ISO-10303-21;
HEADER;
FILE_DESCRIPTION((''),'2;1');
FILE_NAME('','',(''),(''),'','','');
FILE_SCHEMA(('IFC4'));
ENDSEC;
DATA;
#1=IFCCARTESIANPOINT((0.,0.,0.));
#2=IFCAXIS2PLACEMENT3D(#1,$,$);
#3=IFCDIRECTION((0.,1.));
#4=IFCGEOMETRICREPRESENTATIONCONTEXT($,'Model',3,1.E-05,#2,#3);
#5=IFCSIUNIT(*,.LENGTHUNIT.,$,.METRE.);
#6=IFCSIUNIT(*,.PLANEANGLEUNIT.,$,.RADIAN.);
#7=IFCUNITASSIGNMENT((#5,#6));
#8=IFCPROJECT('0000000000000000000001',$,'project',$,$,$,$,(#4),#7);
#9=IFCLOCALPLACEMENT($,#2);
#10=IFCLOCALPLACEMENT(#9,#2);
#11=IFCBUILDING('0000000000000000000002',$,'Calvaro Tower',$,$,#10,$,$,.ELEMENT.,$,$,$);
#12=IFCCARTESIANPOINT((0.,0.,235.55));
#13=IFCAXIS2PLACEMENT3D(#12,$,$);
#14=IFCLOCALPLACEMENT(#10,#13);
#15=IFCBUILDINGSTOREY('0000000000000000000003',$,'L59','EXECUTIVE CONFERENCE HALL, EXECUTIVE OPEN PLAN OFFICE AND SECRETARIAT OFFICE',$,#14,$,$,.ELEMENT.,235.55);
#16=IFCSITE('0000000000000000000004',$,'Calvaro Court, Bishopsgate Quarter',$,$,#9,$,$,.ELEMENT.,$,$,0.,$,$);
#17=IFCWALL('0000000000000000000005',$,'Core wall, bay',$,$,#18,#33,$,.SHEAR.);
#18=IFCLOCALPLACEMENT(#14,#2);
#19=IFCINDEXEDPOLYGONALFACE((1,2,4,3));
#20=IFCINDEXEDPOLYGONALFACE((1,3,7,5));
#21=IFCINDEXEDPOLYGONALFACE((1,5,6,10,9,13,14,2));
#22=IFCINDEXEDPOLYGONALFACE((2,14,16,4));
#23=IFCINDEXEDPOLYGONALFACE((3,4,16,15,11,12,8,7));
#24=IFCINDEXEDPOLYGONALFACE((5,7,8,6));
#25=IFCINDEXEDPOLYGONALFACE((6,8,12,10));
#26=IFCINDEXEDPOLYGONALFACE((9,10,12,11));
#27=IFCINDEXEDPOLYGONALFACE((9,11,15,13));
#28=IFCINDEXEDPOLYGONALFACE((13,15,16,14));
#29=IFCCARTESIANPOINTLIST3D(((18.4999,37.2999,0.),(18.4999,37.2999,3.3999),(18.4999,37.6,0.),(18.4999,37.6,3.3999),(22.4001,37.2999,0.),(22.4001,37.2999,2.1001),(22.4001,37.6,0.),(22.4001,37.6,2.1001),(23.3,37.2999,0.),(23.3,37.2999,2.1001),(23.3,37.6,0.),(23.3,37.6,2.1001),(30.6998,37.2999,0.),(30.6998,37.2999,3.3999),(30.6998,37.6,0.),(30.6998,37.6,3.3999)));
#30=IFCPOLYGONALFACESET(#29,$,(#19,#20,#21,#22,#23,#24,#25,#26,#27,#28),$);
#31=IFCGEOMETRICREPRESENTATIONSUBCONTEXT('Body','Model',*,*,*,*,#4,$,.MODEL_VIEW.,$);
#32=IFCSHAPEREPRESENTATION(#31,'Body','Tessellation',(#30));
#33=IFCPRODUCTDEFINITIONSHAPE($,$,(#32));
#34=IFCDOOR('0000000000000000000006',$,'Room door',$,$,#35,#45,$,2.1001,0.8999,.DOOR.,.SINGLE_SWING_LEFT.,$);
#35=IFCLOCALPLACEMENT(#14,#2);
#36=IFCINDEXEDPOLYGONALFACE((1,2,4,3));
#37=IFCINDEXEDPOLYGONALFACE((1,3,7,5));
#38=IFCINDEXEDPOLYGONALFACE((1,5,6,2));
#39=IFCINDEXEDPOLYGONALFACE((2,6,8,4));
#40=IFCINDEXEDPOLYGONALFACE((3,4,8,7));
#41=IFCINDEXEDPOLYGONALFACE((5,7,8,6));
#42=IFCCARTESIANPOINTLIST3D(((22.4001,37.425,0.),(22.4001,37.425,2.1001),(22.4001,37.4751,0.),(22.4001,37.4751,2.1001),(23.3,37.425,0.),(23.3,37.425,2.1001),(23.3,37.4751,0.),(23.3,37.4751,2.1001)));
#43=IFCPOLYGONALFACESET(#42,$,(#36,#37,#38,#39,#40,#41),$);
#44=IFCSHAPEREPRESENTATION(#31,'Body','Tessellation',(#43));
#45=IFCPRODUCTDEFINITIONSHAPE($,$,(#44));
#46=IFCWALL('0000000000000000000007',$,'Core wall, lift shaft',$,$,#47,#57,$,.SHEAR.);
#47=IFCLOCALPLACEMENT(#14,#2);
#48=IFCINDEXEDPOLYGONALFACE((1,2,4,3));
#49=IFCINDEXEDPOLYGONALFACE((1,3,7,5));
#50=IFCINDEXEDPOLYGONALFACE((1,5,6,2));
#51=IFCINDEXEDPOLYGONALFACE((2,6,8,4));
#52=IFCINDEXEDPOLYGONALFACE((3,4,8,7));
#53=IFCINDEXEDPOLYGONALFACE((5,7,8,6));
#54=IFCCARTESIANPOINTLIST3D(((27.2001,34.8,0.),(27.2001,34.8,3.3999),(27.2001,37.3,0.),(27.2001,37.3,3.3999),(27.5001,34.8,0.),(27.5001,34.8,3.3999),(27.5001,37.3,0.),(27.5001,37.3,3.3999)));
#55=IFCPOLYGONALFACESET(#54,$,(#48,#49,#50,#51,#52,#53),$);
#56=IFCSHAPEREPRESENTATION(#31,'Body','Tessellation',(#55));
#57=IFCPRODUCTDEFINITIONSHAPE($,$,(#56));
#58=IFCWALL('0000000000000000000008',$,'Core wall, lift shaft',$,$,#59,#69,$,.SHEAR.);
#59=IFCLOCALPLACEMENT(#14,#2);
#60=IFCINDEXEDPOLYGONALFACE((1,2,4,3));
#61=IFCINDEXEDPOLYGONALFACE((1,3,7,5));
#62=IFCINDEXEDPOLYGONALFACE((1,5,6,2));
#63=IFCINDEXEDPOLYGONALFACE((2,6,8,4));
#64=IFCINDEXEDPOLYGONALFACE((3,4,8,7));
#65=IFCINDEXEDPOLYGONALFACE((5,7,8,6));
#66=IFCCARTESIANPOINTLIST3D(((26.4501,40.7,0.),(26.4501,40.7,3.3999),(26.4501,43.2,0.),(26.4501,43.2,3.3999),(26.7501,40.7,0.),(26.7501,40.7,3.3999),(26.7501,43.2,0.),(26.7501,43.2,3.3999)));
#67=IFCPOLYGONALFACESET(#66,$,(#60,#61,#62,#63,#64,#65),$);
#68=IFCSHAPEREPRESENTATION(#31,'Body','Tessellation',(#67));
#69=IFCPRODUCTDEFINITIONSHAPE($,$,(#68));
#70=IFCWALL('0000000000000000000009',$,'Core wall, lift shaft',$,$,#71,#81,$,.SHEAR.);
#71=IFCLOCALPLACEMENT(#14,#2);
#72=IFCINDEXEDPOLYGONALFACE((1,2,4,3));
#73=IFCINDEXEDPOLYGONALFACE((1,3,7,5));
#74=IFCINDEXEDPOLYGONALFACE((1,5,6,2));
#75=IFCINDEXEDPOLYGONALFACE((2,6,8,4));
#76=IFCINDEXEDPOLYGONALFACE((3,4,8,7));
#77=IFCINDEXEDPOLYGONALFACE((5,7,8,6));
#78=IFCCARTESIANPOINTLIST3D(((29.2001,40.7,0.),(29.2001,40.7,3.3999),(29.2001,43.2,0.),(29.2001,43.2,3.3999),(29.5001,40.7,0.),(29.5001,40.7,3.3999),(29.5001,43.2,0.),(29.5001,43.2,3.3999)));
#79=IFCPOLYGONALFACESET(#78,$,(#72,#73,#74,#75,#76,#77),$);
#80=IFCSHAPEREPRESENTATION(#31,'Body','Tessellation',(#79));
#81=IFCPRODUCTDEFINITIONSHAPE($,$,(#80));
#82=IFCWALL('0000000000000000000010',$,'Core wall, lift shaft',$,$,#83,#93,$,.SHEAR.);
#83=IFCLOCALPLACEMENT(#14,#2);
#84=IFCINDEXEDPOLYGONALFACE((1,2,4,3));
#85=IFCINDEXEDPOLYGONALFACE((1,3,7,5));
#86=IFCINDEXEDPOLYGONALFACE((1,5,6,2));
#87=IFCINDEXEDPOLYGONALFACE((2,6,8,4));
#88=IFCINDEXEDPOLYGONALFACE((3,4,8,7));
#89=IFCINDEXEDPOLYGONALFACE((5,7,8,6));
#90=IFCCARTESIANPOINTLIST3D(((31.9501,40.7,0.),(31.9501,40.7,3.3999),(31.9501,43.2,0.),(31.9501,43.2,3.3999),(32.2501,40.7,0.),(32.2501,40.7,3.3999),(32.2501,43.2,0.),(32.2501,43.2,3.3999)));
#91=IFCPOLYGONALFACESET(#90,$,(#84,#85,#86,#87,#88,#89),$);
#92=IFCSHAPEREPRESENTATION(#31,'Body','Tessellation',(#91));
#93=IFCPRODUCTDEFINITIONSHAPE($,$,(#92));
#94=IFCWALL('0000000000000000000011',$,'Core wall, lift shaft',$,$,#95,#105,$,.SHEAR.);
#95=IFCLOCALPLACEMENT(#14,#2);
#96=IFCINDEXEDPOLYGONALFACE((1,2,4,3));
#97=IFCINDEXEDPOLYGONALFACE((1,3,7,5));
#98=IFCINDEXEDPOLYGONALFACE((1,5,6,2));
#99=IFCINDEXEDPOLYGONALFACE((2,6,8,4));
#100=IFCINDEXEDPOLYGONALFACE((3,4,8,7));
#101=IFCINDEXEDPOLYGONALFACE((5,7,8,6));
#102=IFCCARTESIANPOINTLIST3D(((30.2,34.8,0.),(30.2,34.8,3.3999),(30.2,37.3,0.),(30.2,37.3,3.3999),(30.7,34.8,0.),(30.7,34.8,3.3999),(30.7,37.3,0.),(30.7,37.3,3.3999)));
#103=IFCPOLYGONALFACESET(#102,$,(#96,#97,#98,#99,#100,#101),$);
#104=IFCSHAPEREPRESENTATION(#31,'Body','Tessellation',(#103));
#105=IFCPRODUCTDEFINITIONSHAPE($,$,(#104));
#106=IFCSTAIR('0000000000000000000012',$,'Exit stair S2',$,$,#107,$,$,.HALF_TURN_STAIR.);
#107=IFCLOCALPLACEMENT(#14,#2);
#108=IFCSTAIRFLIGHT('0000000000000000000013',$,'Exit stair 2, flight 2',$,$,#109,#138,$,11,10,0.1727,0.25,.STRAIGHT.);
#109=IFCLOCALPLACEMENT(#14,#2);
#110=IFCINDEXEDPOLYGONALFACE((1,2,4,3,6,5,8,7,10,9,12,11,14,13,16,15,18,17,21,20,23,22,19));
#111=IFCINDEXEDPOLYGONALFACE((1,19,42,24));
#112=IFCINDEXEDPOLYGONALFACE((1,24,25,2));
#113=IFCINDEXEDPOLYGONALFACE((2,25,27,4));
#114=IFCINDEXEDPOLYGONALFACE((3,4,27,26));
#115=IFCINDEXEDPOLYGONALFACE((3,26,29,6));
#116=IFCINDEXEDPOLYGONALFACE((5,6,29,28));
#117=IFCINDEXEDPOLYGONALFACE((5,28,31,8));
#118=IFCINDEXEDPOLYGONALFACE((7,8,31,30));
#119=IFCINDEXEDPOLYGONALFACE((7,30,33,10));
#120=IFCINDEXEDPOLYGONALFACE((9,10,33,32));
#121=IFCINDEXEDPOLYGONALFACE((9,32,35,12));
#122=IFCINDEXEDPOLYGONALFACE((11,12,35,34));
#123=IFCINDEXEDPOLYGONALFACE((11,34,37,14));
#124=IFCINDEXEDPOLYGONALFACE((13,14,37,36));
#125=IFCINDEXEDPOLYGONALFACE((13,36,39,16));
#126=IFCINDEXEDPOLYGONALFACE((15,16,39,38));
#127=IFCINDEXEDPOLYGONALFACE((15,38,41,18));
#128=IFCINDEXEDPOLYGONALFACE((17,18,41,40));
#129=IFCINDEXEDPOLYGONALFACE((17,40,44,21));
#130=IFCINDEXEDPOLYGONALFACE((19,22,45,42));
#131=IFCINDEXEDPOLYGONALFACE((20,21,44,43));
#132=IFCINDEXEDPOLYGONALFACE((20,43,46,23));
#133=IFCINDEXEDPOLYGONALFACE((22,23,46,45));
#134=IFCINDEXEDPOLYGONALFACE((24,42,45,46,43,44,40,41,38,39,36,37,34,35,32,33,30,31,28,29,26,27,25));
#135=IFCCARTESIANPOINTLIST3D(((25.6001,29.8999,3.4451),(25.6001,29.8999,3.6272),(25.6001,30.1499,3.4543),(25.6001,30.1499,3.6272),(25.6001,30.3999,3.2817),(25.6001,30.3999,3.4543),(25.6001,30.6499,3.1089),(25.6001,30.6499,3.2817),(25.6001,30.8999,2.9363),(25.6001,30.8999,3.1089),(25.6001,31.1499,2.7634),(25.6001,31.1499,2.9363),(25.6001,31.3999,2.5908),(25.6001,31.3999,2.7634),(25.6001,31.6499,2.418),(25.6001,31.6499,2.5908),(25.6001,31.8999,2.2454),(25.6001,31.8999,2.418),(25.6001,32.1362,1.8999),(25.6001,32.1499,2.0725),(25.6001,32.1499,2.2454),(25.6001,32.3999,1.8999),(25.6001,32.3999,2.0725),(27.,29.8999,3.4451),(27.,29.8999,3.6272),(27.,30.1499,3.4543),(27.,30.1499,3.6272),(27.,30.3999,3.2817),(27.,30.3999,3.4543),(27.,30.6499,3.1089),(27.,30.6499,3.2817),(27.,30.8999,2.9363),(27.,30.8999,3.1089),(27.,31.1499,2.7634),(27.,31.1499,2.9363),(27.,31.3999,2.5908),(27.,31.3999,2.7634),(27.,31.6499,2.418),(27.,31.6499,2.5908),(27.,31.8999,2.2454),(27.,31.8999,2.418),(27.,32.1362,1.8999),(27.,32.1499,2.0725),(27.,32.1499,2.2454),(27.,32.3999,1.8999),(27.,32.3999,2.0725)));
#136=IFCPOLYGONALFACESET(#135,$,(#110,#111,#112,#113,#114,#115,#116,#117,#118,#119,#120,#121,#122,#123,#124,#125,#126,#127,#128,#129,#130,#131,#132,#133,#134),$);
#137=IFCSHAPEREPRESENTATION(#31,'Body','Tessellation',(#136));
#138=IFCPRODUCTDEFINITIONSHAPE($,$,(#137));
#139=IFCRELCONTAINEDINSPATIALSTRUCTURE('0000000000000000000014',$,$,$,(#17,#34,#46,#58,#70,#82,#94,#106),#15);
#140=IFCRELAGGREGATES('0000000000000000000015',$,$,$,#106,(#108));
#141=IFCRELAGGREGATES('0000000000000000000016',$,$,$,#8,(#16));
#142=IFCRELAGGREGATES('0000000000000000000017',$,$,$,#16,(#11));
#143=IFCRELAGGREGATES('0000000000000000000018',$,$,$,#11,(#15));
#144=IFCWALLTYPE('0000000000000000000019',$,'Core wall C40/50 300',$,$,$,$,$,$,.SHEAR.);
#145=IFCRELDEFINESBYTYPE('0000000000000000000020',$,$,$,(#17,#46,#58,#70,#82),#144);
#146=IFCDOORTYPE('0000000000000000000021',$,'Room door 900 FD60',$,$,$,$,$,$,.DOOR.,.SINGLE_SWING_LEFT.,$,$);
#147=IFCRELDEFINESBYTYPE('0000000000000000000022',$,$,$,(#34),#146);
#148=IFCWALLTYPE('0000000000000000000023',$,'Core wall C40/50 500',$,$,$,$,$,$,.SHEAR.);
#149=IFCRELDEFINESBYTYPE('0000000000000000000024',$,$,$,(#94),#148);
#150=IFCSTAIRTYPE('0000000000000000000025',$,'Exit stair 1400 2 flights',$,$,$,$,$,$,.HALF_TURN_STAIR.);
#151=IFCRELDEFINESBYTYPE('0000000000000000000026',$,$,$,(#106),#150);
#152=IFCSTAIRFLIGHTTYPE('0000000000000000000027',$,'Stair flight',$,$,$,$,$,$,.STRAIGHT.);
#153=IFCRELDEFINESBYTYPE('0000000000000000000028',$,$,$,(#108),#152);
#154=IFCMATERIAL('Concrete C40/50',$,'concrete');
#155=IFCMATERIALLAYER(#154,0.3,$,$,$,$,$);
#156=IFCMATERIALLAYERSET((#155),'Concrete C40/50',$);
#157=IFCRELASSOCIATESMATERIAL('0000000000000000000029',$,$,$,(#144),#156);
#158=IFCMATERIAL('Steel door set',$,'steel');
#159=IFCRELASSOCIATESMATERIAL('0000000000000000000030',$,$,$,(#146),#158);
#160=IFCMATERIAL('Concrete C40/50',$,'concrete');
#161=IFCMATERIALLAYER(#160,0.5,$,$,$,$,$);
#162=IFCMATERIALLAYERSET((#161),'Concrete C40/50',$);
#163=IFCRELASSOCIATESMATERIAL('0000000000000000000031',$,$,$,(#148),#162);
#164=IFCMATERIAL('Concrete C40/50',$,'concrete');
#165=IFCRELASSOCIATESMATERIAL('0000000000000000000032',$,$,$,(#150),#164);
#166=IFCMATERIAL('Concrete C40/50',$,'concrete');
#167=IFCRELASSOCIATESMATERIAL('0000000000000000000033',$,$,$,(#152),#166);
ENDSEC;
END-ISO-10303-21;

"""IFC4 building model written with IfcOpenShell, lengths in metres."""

from ifc_helpers import new_model, si_unit, direction, frame, frame_2d, origin, place, context, subcontext, project, spatial, polyline, rectangle, outline, extrude, material, layer, layer_set, type_object, element, fill, aggregate, save


model = new_model("IFC4")

# Units and contexts
model_context = context("Model", 3, precision=1e-05, world=origin(), true_north=direction((0.0, 1.0)))
body_context = subcontext(model_context, "Body", "Model", "MODEL_VIEW")
ifc_project = project(units=[si_unit("LENGTHUNIT", "METRE"), si_unit("PLANEANGLEUNIT", "RADIAN")], contexts=[model_context])

# Site, building, storey
site_placement = place(None, origin())
site = spatial("IfcSite", under=ifc_project, at=site_placement, Name="Calvaro Court, Bishopsgate Quarter", CompositionType="ELEMENT", RefElevation=0.0)
building_placement = place(site_placement, origin())
building = spatial("IfcBuilding", under=site, at=building_placement, Name="Calvaro Tower", CompositionType="ELEMENT")
storey_placement = place(building_placement, frame((0.0, 0.0, 235.55)))
storey = spatial("IfcBuildingStorey", under=building, at=storey_placement, Name="L59", Description="EXECUTIVE CONFERENCE HALL, EXECUTIVE OPEN PLAN OFFICE AND SECRETARIAT OFFICE", CompositionType="ELEMENT", Elevation=235.55)

# Wall, opening, door
ifc_material_1 = material(Name="Concrete C40/50", Category="concrete")
ifc_layer_1 = layer(ifc_material_1, 0.3)
ifc_layer_set_1 = layer_set([ifc_layer_1], Name="Concrete C40/50")
wall_type_1 = type_object("IfcWallType", Name="Core wall C40/50 300", PredefinedType="SHEAR", material=ifc_layer_set_1)
wall_1_placement = place(storey_placement, frame((30.7, 37.45, 0.0), z_axis=(0.0, 0.0, 1.0), x_axis=(-1.0, 0.0, 0.0)))
wall_1 = element("IfcWall", 1, at=wall_1_placement, inside=storey, type_object=wall_type_1, Name="Core wall, bay", PredefinedType="SHEAR", context=body_context, shape_type="SweptSolid", body=[
    extrude(rectangle(XDim=12.2, YDim=0.3, at=frame_2d((6.1001, 0.0))), origin(), (0.0, 0.0, 1.0), 3.3999),
])
opening_placement = place(wall_1_placement, frame((7.3999, 0.0, 0.0)))
opening = element("IfcOpeningElement", 2, at=opening_placement, cuts=wall_1, PredefinedType="OPENING", context=body_context, shape_type="SweptSolid", body=[
    extrude(rectangle(XDim=0.8999, YDim=2.1001, at=frame_2d((0.45, 1.05))), frame((0.0, 0.1599, 0.0), z_axis=(0.0, -1.0, 0.0), x_axis=(1.0, 0.0, 0.0)), (0.0, 0.0, 1.0), 0.3201),
])
ifc_material_2 = material(Name="Steel door set", Category="steel")
door_type = type_object("IfcDoorType", Name="Room door 900 FD60", OperationType="SINGLE_SWING_LEFT", PredefinedType="DOOR", material=ifc_material_2)
door_placement = place(opening_placement, origin())
door = element("IfcDoor", 3, at=door_placement, inside=storey, type_object=door_type, Name="Room door", OperationType="SINGLE_SWING_LEFT", OverallHeight=2.1001, OverallWidth=0.8999, PredefinedType="DOOR", context=body_context, shape_type="SweptSolid", body=[
    extrude(rectangle(XDim=0.8999, YDim=2.1001, at=frame_2d((0.45, 1.05))), frame((0.0, 0.0249, 0.0), z_axis=(0.0, -1.0, 0.0), x_axis=(1.0, 0.0, 0.0)), (0.0, 0.0, 1.0), 0.05),
])
fill(opening, door)

# Walls
for number, where, z_axis, x_axis, name in (
    (4, (27.3501, 34.8, 0.0), (0.0, 0.0, 1.0), (0.0, 1.0, 0.0), "Core wall, lift shaft"),
    (5, (26.6001, 40.7, 0.0), (0.0, 0.0, 1.0), (0.0, 1.0, 0.0), "Core wall, lift shaft"),
    (6, (29.3501, 40.7, 0.0), (0.0, 0.0, 1.0), (0.0, 1.0, 0.0), "Core wall, lift shaft"),
    (7, (32.1001, 40.7, 0.0), (0.0, 0.0, 1.0), (0.0, 1.0, 0.0), "Core wall, lift shaft"),
):
    element("IfcWall", number, at=place(storey_placement, frame(where, z_axis=z_axis, x_axis=x_axis)), inside=storey, type_object=wall_type_1, Name=name, PredefinedType="SHEAR", context=body_context, shape_type="SweptSolid", body=[
        extrude(rectangle(XDim=2.5, YDim=0.3, at=frame_2d((1.25, 0.0))), origin(), (0.0, 0.0, 1.0), 3.3999),
    ])
ifc_material_3 = material(Name="Concrete C40/50", Category="concrete")
ifc_layer_2 = layer(ifc_material_3, 0.5)
ifc_layer_set_2 = layer_set([ifc_layer_2], Name="Concrete C40/50")
wall_type_2 = type_object("IfcWallType", Name="Core wall C40/50 500", PredefinedType="SHEAR", material=ifc_layer_set_2)
wall_2_placement = place(storey_placement, frame((30.45, 34.8, 0.0), z_axis=(0.0, 0.0, 1.0), x_axis=(0.0, 1.0, 0.0)))
element("IfcWall", 8, at=wall_2_placement, inside=storey, type_object=wall_type_2, Name="Core wall, lift shaft", PredefinedType="SHEAR", context=body_context, shape_type="SweptSolid", body=[
    extrude(rectangle(XDim=2.5, YDim=0.5, at=frame_2d((1.25, 0.0))), origin(), (0.0, 0.0, 1.0), 3.3999),
])

# Stair, stair flight
ifc_material_4 = material(Name="Concrete C40/50", Category="concrete")
stair_type = type_object("IfcStairType", Name="Exit stair 1400 2 flights", PredefinedType="HALF_TURN_STAIR", material=ifc_material_4)
stair_placement = place(storey_placement, origin())
stair = element("IfcStair", 9, at=stair_placement, inside=storey, type_object=stair_type, Name="Exit stair S2", PredefinedType="HALF_TURN_STAIR")
ifc_material_5 = material(Name="Concrete C40/50", Category="concrete")
stair_flight_type = type_object("IfcStairFlightType", Name="Stair flight", PredefinedType="STRAIGHT", material=ifc_material_5)
stair_flight_placement = place(storey_placement, frame((26.3, 32.3999, 1.8999), z_axis=(0.0, 0.0, 1.0), x_axis=(0.0, -1.0, 0.0)))
stair_flight = element("IfcStairFlight", 10, at=stair_flight_placement, type_object=stair_flight_type, Name="Exit stair 2, flight 2", NumberOfRisers=11, NumberOfTreads=10, PredefinedType="STRAIGHT", RiserHeight=0.1727, TreadLength=0.25, context=body_context, shape_type="SweptSolid", body=[
    extrude(outline(polyline([(0.0, 0.0), (0.0, 0.1726), (0.25, 0.1726), (0.25, 0.3455), (0.5, 0.3455), (0.5, 0.5181), (0.75, 0.5181), (0.75, 0.6909), (1.0, 0.6909), (1.0, 0.8635), (1.25, 0.8635), (1.25, 1.0364), (1.5, 1.0364), (1.5, 1.209), (1.75, 1.209), (1.75, 1.3818), (2.0, 1.3818), (2.0, 1.5544), (2.25, 1.5544), (2.25, 1.7273), (2.5, 1.7273), (2.5, 1.8999), (2.5, 1.5452), (0.2637, 0.0), (0.0, 0.0)])), frame((0.0, 0.7, 0.0), z_axis=(0.0, -1.0, 0.0), x_axis=(1.0, 0.0, 0.0)), (0.0, 0.0, 1.0), 1.3999),
])
aggregate(stair, [stair_flight])

save(model, "model.ifc")
